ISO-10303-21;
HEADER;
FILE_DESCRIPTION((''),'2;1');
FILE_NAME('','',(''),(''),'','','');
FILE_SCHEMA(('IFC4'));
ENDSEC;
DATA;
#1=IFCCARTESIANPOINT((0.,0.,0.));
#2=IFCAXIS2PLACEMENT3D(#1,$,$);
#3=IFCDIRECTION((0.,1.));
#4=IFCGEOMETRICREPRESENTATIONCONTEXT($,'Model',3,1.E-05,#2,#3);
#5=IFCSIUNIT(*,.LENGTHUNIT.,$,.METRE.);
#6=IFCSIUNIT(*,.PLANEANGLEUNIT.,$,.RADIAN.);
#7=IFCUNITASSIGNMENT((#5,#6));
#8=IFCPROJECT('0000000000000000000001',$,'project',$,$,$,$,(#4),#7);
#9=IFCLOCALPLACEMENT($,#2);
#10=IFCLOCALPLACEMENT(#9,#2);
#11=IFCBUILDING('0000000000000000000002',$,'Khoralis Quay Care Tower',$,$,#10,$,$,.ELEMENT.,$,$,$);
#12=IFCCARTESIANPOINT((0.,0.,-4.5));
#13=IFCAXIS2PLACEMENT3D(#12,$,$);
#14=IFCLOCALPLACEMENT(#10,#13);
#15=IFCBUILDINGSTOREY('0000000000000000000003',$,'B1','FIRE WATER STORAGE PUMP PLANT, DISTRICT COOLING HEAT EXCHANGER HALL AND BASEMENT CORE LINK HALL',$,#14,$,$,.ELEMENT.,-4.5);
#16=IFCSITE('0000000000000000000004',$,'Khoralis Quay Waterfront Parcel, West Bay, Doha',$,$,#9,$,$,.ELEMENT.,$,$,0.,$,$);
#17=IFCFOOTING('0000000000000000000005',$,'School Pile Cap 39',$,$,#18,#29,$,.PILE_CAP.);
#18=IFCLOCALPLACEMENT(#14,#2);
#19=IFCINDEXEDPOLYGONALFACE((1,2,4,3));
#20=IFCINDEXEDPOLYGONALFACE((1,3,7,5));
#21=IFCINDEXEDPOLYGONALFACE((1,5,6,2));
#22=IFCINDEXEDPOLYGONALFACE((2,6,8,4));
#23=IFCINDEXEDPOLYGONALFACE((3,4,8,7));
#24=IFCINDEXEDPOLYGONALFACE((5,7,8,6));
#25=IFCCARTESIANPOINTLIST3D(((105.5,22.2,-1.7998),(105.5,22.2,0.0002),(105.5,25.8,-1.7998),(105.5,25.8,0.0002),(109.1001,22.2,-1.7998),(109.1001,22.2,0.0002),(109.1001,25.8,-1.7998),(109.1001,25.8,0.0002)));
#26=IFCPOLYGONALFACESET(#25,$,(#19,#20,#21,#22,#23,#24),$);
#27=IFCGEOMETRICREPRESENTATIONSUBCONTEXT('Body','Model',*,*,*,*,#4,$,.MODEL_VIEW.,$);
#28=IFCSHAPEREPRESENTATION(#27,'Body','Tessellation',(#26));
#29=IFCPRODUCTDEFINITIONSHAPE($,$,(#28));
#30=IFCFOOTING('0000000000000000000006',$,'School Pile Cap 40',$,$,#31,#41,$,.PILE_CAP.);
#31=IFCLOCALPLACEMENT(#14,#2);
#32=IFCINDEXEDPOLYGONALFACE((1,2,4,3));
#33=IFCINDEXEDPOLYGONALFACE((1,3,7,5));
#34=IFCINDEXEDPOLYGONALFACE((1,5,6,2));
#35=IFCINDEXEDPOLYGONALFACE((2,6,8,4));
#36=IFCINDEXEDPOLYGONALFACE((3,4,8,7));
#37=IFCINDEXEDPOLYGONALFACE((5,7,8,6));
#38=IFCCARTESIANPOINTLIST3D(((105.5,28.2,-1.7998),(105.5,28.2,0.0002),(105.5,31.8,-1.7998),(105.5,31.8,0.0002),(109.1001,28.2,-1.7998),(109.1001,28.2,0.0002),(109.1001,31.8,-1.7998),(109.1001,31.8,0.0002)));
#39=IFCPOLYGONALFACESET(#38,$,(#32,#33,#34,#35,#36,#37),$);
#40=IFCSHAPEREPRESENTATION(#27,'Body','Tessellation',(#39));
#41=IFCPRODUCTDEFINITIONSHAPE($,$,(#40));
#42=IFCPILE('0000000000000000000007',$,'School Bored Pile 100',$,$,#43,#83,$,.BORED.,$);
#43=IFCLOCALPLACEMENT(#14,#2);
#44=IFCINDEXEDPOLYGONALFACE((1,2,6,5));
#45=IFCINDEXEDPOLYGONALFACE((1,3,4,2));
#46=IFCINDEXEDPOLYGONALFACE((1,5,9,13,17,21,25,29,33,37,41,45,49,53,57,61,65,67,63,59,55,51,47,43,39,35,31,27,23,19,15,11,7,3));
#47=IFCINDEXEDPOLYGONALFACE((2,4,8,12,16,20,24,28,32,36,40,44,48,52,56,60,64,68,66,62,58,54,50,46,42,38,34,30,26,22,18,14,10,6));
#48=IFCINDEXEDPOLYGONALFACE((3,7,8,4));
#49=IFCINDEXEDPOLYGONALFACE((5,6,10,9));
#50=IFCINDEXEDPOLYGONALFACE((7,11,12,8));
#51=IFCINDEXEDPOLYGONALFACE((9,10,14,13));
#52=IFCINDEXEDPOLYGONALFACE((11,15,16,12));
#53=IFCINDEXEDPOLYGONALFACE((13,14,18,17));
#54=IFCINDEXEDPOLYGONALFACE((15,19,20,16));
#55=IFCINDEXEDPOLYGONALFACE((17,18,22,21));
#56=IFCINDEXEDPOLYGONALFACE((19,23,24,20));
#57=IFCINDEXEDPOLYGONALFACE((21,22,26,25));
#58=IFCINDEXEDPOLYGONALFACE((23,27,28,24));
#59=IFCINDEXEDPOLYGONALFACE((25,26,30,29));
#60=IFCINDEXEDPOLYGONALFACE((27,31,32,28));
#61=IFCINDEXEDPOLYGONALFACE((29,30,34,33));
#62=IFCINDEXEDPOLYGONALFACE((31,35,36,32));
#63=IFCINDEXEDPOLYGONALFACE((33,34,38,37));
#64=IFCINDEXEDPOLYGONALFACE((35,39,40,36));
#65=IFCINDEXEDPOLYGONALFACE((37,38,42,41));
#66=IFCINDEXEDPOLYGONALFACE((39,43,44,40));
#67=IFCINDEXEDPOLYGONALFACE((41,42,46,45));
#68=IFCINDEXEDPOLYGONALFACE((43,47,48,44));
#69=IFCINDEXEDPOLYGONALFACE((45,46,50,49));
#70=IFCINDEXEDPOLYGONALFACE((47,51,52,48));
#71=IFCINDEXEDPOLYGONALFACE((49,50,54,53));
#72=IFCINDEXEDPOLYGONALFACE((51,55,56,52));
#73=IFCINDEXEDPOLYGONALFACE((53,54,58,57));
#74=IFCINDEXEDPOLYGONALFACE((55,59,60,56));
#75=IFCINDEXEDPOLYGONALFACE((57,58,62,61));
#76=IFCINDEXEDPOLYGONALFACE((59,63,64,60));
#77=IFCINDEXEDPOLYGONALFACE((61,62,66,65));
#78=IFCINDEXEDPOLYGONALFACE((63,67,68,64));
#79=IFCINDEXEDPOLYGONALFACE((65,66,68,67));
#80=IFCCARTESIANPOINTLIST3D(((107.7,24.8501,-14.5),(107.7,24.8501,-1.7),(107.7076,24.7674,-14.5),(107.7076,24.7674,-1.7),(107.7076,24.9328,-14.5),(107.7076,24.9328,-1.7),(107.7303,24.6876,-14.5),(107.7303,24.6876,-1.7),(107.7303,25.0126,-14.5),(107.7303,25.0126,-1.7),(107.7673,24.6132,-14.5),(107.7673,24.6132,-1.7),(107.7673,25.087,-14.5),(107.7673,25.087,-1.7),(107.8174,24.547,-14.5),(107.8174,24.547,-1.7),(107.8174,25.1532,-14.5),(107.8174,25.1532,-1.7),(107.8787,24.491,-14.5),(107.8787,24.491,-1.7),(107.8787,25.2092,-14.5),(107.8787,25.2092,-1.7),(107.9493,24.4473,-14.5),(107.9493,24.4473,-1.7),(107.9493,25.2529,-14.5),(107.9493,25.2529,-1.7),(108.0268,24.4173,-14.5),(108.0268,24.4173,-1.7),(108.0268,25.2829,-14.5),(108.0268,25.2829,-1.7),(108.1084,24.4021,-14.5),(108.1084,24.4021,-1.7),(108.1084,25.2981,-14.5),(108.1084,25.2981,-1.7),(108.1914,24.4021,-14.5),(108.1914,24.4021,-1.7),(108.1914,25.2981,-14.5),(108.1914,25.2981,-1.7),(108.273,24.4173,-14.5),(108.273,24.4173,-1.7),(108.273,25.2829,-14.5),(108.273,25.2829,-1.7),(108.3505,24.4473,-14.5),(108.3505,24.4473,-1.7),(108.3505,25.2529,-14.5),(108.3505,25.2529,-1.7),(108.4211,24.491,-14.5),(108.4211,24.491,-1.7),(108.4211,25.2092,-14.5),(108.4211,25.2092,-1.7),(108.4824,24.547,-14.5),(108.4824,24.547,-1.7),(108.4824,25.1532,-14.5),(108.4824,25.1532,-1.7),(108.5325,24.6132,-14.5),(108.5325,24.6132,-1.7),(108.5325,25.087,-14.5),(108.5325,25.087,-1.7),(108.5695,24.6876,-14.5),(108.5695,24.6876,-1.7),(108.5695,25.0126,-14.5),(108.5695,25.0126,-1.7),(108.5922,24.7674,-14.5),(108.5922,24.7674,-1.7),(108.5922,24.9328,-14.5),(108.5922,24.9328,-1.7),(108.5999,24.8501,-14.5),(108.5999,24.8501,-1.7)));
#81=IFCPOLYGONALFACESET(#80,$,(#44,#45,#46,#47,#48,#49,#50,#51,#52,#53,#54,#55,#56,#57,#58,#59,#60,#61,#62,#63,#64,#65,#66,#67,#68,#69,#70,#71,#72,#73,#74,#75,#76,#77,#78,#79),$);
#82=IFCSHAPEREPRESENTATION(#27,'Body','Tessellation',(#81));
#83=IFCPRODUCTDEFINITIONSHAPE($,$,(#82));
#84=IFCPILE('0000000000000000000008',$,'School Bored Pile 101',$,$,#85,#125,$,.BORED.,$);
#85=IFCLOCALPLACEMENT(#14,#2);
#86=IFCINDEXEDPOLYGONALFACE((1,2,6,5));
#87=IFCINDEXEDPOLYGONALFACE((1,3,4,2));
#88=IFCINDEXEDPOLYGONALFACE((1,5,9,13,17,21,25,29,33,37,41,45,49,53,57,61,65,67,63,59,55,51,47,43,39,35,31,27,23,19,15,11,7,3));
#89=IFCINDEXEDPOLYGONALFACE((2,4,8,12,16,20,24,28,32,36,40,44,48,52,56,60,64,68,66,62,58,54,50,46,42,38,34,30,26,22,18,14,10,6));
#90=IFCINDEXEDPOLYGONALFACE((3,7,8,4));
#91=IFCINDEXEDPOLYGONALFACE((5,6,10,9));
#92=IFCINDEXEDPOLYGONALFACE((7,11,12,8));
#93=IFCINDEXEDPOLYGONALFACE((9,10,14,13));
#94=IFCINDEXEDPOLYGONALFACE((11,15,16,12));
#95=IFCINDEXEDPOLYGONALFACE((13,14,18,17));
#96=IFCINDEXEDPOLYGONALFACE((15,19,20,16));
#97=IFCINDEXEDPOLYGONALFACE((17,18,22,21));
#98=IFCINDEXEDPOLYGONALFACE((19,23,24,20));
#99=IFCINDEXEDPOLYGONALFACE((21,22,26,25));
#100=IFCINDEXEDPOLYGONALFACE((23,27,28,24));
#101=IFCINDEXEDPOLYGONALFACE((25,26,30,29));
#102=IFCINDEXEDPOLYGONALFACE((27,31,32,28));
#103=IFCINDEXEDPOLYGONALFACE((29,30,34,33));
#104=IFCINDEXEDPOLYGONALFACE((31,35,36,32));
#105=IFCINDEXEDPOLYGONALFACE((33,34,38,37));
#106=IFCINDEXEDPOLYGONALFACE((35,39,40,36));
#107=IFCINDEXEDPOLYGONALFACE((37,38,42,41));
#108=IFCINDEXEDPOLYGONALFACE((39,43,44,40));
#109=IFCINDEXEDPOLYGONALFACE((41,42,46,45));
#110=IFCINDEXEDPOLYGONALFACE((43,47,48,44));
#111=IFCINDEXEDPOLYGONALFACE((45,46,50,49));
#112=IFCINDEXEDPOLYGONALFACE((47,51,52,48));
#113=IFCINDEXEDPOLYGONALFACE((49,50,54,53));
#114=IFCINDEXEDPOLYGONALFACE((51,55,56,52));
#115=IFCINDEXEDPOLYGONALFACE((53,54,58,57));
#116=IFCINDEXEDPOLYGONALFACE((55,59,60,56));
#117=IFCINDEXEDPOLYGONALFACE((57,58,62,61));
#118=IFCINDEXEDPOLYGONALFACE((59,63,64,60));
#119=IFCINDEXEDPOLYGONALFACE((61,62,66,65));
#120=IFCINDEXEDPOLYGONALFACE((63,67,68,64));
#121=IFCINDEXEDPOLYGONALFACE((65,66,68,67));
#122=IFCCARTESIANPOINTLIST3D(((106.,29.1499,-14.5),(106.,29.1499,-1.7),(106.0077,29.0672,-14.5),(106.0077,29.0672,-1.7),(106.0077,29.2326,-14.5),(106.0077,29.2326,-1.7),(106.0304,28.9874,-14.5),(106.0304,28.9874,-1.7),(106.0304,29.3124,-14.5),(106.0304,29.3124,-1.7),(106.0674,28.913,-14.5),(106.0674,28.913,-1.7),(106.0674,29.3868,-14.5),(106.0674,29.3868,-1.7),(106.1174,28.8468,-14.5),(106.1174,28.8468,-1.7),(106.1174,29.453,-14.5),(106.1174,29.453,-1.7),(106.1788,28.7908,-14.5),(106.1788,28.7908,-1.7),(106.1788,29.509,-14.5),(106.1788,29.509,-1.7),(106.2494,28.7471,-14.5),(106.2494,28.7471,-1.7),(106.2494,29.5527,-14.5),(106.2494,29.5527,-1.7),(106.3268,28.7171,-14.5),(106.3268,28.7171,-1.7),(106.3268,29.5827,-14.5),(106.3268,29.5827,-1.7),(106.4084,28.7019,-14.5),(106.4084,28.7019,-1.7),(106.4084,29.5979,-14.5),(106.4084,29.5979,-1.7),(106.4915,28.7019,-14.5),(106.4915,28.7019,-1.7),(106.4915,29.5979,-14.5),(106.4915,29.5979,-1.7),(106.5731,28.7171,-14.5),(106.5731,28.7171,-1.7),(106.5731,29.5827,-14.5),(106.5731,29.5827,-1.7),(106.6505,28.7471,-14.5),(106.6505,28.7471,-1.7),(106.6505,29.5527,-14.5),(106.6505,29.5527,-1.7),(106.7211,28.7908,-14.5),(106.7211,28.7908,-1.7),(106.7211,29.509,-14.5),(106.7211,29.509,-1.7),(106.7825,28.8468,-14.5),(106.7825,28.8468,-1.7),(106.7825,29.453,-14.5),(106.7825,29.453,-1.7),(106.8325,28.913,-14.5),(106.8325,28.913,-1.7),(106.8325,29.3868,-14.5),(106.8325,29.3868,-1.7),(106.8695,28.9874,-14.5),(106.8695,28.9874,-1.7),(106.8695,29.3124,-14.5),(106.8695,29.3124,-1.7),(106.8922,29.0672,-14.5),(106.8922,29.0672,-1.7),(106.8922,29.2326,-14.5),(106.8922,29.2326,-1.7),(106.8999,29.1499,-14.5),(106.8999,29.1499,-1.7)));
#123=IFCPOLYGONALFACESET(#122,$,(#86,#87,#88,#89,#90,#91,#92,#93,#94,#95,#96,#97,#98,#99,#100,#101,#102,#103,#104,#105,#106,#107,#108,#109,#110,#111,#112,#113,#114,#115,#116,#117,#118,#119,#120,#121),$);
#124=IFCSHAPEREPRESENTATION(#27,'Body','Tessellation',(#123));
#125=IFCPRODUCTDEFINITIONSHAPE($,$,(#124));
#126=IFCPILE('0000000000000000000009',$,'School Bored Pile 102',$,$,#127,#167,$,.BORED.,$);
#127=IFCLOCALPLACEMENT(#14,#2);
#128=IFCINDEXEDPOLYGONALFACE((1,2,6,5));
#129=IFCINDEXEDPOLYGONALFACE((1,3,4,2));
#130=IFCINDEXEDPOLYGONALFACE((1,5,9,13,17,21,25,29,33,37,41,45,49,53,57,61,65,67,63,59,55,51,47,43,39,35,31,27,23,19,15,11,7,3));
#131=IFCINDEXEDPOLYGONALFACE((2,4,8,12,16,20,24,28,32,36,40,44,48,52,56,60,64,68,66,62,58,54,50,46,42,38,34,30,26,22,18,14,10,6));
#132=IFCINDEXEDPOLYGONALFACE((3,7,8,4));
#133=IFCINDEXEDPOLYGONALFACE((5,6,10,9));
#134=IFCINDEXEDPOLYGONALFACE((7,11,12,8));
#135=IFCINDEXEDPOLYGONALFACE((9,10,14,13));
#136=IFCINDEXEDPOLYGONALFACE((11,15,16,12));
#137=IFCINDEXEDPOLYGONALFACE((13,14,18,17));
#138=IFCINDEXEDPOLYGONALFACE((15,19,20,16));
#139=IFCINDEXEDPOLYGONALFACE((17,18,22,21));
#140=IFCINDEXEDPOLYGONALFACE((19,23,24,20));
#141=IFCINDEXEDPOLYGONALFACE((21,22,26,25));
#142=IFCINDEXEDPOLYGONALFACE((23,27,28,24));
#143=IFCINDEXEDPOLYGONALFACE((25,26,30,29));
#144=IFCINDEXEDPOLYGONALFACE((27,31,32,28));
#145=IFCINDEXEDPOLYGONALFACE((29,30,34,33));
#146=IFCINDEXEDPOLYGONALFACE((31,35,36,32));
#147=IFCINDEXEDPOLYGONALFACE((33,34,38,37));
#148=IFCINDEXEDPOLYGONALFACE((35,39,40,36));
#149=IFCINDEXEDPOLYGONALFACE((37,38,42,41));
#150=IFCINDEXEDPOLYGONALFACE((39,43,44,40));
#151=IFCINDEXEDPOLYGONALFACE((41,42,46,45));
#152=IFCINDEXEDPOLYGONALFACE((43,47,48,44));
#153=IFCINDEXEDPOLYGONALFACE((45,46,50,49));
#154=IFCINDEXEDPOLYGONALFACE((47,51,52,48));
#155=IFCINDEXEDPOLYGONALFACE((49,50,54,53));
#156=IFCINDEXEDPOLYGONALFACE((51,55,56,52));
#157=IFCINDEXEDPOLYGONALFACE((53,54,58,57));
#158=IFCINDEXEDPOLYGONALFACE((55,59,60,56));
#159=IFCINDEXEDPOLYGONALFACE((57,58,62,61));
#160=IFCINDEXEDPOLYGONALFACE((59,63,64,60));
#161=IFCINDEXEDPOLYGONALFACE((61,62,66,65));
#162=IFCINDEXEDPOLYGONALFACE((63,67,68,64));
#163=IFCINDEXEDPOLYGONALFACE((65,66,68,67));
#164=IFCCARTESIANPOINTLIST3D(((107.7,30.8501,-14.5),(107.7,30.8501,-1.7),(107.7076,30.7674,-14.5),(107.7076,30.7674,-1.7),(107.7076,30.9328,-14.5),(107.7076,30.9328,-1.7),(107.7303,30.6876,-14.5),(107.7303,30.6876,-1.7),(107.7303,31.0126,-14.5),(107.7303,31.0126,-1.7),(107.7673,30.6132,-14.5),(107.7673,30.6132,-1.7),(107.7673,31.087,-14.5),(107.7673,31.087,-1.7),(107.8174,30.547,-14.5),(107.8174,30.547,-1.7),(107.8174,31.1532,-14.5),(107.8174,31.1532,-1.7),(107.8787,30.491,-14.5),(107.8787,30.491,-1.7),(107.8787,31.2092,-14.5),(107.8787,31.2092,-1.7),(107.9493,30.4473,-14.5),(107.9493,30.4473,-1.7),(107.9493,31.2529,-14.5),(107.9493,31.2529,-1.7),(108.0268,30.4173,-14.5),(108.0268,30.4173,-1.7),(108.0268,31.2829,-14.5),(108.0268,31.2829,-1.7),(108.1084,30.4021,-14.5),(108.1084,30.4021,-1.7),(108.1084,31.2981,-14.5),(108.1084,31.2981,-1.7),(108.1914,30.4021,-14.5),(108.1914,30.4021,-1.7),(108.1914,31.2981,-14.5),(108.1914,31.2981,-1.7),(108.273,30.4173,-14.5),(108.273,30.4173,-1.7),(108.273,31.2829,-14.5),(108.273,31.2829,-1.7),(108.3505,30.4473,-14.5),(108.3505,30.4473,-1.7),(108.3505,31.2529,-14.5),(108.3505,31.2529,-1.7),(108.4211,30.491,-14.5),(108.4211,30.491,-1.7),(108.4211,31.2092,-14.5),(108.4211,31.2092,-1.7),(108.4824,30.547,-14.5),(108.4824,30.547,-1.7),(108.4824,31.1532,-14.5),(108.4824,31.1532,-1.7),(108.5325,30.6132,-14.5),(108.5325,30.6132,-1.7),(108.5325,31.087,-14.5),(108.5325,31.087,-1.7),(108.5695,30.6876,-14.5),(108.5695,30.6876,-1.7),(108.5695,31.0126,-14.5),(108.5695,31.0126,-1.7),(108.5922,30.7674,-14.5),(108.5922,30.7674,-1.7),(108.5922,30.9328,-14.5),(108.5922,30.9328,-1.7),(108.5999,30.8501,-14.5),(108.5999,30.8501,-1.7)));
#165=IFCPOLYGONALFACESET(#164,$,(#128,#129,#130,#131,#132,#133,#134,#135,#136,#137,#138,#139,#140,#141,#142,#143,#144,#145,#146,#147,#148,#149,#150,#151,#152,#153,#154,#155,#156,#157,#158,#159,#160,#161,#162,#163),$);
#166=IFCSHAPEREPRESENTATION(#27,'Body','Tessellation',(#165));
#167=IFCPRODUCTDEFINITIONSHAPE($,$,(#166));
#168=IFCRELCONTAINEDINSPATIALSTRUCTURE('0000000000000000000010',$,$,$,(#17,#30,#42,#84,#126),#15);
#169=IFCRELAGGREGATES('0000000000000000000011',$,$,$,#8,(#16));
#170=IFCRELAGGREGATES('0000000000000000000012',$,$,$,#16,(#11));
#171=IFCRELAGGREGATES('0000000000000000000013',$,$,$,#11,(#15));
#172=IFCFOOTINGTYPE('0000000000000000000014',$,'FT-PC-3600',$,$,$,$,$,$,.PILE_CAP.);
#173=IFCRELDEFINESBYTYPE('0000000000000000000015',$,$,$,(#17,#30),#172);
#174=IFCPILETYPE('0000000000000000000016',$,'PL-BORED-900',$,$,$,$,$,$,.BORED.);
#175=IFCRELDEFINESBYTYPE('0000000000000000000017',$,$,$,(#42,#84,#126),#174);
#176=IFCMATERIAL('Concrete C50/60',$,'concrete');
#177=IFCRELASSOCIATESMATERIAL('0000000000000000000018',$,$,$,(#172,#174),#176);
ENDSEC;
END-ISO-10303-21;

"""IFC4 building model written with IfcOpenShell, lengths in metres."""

from ifc_helpers import new_model, si_unit, direction, frame, origin, origin_2d, place, context, subcontext, project, spatial, rectangle, circle, extrude, source, transform, mapped, material, material_profile, profile_set, type_object, element, save


model = new_model("IFC4")

# Units and contexts
model_context = context("Model", 3, precision=1e-05, world=origin(), true_north=direction((0.0, 1.0)))
body_context = subcontext(model_context, "Body", "Model", "MODEL_VIEW")
ifc_project = project(units=[si_unit("LENGTHUNIT", "METRE"), si_unit("PLANEANGLEUNIT", "RADIAN")], contexts=[model_context])

# Site, building, storey
site_placement = place(None, origin())
site = spatial("IfcSite", under=ifc_project, at=site_placement, Name="Khoralis Quay Waterfront Parcel, West Bay, Doha", CompositionType="ELEMENT", RefElevation=0.0)
building_placement = place(site_placement, origin())
building = spatial("IfcBuilding", under=site, at=building_placement, Name="Khoralis Quay Care Tower", CompositionType="ELEMENT")
storey_placement = place(building_placement, frame((0.0, 0.0, -4.5)))
storey = spatial("IfcBuildingStorey", under=building, at=storey_placement, Name="B1", Description="FIRE WATER STORAGE PUMP PLANT, DISTRICT COOLING HEAT EXCHANGER HALL AND BASEMENT CORE LINK HALL", CompositionType="ELEMENT", Elevation=-4.5)

# Footings
ifc_material_1 = material(Name="Concrete C50/60", Category="concrete")
footing_type_1 = type_object("IfcFootingType", Name="FT-PC-3600", PredefinedType="PILE_CAP", material=ifc_material_1)
shared_shape_1 = source(origin(), body_context, "Body", "SweptSolid", [
    extrude(rectangle(XDim=3.6001, YDim=3.6001, at=origin_2d()), origin(), (0.0, 0.0, 1.0), 1.8),
])
for number, where, z_axis, x_axis, name in (
    (1, (107.3, 24.0, -1.7998), (0.0, 0.0, 1.0), (1.0, 0.0, 0.0), "School Pile Cap 39"),
    (2, (107.3, 30.0, -1.7998), (0.0, 0.0, 1.0), (1.0, 0.0, 0.0), "School Pile Cap 40"),
):
    element("IfcFooting", number, at=place(storey_placement, frame(where, z_axis=z_axis, x_axis=x_axis)), inside=storey, type_object=footing_type_1, Name=name, PredefinedType="PILE_CAP", context=body_context, shape_type="MappedRepresentation", body=[
        mapped(shared_shape_1, transform((0.0, 0.0, 0.0), scale=1.0)),
    ])

# Piles
ifc_material_profile_1 = material_profile(ifc_material_1, circle(Radius=0.45, at=origin_2d()), Name="Concrete C50/60")
ifc_profile_set_1 = profile_set([ifc_material_profile_1], Name="Concrete C50/60")
pile_type_1 = type_object("IfcPileType", Name="PL-BORED-900", PredefinedType="BORED", material=ifc_profile_set_1)
shared_shape_2 = source(origin(), body_context, "Body", "SweptSolid", [
    extrude(circle(Radius=0.45, at=origin_2d()), origin(), (0.0, 0.0, 1.0), 12.8),
])
for number, where, z_axis, x_axis, name in (
    (3, (108.1499, 24.8501, -1.7), (0.0, 0.0, -1.0), (1.0, 0.0, 0.0), "School Bored Pile 100"),
    (4, (106.45, 29.1499, -1.7), (0.0, 0.0, -1.0), (1.0, 0.0, 0.0), "School Bored Pile 101"),
    (5, (108.1499, 30.8501, -1.7), (0.0, 0.0, -1.0), (1.0, 0.0, 0.0), "School Bored Pile 102"),
):
    element("IfcPile", number, at=place(storey_placement, frame(where, z_axis=z_axis, x_axis=x_axis)), inside=storey, type_object=pile_type_1, Name=name, PredefinedType="BORED", context=body_context, shape_type="MappedRepresentation", body=[
        mapped(shared_shape_2, transform((0.0, 0.0, 0.0), scale=1.0)),
    ])

save(model, "model.ifc")
